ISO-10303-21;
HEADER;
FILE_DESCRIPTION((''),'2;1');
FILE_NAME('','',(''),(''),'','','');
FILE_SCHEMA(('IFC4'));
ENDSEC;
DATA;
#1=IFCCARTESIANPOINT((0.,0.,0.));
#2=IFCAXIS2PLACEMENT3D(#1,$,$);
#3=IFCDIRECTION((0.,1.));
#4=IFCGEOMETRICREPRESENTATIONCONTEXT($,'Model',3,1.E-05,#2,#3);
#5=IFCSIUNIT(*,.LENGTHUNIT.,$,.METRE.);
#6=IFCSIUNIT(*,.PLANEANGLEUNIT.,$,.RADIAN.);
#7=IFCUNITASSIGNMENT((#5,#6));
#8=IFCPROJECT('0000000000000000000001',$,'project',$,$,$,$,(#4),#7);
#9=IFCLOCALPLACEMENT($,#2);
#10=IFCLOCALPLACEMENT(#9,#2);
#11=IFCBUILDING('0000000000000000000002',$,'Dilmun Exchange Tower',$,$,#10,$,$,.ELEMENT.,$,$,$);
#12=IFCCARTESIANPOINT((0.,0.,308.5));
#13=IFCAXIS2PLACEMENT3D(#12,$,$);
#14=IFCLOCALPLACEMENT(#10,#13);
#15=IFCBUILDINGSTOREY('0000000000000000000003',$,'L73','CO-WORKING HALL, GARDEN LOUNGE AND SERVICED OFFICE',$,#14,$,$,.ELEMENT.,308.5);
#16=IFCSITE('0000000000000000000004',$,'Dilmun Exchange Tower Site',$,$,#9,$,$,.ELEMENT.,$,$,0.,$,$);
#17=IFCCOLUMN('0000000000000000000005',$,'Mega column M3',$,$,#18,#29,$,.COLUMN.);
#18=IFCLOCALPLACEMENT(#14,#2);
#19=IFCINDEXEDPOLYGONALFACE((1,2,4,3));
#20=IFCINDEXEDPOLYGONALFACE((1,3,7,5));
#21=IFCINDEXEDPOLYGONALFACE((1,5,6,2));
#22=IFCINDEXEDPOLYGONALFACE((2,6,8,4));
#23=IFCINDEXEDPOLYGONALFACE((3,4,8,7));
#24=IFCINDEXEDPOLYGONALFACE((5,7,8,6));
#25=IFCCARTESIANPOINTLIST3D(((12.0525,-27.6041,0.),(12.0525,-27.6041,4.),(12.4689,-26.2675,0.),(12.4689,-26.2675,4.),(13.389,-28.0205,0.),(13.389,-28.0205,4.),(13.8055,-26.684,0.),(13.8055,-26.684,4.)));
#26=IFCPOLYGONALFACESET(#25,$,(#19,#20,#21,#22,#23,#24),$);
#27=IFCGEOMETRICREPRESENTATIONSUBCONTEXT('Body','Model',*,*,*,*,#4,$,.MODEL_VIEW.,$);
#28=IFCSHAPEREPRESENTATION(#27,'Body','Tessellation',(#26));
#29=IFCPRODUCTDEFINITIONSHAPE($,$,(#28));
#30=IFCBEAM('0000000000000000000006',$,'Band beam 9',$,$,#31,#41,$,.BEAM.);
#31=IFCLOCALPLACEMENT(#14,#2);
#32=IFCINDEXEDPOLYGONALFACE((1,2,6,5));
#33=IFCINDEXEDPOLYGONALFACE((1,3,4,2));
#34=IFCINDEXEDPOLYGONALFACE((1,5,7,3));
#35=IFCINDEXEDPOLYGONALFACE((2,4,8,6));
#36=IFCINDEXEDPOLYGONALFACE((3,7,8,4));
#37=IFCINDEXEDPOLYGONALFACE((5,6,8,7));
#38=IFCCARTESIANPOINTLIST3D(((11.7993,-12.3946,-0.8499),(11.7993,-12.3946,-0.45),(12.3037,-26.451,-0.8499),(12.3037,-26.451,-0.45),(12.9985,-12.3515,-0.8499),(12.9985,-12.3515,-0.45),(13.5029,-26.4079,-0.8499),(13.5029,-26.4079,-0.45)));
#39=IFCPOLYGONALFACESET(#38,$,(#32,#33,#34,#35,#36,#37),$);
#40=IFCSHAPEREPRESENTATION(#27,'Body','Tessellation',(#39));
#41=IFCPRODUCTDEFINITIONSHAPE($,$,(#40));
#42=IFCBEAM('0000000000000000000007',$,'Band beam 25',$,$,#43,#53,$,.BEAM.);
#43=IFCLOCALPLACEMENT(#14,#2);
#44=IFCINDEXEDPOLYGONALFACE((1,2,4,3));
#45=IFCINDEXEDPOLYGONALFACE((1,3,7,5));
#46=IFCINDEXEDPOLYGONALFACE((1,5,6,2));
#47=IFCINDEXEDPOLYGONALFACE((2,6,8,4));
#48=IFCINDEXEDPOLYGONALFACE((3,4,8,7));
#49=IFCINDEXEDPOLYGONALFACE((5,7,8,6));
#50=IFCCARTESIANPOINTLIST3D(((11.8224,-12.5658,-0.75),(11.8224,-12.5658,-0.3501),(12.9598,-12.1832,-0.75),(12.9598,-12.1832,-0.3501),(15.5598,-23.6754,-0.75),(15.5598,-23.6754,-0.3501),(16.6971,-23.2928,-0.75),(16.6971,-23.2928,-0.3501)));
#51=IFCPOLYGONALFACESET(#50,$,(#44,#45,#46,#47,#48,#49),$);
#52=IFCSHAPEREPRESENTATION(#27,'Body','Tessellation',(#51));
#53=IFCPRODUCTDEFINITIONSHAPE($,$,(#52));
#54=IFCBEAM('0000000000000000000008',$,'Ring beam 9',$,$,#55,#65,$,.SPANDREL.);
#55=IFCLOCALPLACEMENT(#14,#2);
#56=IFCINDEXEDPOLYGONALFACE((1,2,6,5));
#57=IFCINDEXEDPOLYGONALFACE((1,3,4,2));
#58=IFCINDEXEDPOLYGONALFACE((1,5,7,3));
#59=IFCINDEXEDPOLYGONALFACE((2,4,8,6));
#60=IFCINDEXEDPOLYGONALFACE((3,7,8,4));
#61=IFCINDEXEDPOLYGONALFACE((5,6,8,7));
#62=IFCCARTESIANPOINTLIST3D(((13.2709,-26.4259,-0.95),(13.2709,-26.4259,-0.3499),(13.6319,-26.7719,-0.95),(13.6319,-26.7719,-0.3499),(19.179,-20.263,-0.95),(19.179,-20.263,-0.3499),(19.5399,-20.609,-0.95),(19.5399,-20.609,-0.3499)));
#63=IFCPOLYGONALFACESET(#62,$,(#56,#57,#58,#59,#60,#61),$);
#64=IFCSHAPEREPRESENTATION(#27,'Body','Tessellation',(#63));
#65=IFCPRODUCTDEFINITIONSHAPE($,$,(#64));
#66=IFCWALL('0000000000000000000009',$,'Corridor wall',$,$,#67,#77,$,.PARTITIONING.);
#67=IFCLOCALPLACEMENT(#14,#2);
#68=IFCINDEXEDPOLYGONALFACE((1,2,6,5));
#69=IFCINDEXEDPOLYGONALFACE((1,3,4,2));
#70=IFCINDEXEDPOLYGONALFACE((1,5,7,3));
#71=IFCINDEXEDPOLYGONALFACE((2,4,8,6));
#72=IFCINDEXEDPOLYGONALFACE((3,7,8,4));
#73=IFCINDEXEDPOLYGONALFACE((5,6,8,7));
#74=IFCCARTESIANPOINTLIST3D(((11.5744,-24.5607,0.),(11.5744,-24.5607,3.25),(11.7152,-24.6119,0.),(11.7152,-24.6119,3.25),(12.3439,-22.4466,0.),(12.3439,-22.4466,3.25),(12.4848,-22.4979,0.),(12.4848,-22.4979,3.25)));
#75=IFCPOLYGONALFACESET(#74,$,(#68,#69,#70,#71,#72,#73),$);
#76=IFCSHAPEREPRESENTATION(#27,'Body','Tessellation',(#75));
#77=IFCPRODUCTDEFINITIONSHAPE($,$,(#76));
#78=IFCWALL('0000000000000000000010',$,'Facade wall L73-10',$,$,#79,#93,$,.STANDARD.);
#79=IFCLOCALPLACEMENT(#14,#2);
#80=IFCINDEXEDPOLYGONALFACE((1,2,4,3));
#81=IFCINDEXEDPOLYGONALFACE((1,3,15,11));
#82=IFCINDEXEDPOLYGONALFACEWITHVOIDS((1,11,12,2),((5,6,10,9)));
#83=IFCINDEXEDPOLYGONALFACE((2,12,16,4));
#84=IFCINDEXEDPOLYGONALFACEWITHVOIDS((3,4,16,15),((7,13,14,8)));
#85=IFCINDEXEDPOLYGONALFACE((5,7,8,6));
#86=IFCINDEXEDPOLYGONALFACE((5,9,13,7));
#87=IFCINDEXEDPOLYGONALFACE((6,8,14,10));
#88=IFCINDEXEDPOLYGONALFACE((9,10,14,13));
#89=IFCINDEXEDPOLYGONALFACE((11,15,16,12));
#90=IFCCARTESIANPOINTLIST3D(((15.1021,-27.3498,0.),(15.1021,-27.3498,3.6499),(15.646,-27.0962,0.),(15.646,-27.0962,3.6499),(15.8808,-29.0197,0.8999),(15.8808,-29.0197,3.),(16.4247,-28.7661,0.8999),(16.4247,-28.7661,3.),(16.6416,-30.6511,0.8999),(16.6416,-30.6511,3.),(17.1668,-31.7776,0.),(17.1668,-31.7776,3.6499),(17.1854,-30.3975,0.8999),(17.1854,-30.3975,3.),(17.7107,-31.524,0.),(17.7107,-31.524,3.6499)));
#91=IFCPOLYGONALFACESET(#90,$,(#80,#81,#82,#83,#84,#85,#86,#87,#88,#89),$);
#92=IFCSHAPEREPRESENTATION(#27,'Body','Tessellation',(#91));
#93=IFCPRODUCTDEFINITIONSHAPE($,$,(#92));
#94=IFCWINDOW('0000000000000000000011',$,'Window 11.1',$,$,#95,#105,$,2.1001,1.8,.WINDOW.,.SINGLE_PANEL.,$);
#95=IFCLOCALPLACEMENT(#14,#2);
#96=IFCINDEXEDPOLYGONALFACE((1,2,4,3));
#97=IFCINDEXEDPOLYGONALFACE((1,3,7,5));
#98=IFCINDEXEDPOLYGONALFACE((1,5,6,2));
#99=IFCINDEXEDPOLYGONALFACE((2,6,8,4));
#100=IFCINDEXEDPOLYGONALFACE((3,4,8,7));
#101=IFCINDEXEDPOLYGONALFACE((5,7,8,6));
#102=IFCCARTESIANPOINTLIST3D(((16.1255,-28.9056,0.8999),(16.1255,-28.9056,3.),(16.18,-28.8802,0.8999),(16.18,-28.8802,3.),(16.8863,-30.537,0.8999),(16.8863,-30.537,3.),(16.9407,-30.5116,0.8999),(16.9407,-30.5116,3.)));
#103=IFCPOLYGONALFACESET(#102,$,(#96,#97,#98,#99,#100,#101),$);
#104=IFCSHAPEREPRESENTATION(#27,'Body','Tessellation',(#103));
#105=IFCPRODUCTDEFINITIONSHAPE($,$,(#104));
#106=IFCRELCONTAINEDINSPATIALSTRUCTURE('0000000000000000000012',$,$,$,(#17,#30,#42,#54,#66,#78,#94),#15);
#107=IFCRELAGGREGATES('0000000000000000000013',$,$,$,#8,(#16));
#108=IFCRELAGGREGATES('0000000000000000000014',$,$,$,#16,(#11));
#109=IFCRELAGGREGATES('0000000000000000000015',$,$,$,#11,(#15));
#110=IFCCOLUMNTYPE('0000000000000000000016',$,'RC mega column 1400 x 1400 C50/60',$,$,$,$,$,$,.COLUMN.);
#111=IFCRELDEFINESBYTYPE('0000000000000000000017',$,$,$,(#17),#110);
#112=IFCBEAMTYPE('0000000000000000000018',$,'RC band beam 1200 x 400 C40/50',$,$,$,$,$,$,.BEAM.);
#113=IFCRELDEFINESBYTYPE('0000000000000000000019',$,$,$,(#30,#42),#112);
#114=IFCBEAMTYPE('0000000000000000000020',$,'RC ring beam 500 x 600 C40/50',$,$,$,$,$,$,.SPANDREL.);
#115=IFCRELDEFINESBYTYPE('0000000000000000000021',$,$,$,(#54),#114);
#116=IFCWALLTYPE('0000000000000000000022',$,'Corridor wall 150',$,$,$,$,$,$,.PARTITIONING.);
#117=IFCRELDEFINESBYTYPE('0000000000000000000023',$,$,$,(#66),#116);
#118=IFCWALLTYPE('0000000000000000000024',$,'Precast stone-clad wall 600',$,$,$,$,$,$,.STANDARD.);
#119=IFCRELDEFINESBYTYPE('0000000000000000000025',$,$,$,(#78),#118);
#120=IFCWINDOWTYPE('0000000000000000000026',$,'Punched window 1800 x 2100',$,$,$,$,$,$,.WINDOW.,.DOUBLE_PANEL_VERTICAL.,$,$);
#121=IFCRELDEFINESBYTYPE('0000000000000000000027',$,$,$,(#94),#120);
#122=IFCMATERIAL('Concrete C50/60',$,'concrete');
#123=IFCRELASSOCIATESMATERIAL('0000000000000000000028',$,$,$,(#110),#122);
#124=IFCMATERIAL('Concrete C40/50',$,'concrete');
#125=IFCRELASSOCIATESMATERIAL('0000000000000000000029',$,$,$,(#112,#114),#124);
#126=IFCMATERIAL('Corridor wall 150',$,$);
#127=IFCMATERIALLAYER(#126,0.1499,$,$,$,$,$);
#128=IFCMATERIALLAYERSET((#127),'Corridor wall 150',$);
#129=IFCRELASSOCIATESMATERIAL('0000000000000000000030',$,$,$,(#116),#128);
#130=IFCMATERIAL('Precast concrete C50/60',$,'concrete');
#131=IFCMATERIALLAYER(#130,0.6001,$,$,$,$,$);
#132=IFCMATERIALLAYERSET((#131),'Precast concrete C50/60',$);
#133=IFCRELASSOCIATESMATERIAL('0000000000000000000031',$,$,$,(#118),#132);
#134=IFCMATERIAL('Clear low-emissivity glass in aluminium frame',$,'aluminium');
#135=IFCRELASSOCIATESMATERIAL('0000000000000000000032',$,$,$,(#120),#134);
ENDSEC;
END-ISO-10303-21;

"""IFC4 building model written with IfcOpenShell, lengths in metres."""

from ifc_helpers import new_model, si_unit, direction, frame, frame_2d, origin, origin_2d, place, context, subcontext, project, spatial, rectangle, extrude, material, layer, layer_set, material_profile, profile_set, type_object, element, fill, save


model = new_model("IFC4")

# Units and contexts
model_context = context("Model", 3, precision=1e-05, world=origin(), true_north=direction((0.0, 1.0)))
body_context = subcontext(model_context, "Body", "Model", "MODEL_VIEW")
ifc_project = project(units=[si_unit("LENGTHUNIT", "METRE"), si_unit("PLANEANGLEUNIT", "RADIAN")], contexts=[model_context])

# Site, building, storey
site_placement = place(None, origin())
site = spatial("IfcSite", under=ifc_project, at=site_placement, Name="Dilmun Exchange Tower Site", CompositionType="ELEMENT", RefElevation=0.0)
building_placement = place(site_placement, origin())
building = spatial("IfcBuilding", under=site, at=building_placement, Name="Dilmun Exchange Tower", CompositionType="ELEMENT")
storey_placement = place(building_placement, frame((0.0, 0.0, 308.5)))
storey = spatial("IfcBuildingStorey", under=building, at=storey_placement, Name="L73", Description="CO-WORKING HALL, GARDEN LOUNGE AND SERVICED OFFICE", CompositionType="ELEMENT", Elevation=308.5)

# Column
ifc_material_1 = material(Name="Concrete C50/60", Category="concrete")
ifc_material_profile_1 = material_profile(ifc_material_1, rectangle(XDim=1.3999, YDim=1.3999, at=origin_2d()), Name="1400 x 1400")
ifc_profile_set_1 = profile_set([ifc_material_profile_1], Name="Concrete C50/60")
column_type = type_object("IfcColumnType", Name="RC mega column 1400 x 1400 C50/60", PredefinedType="COLUMN", material=ifc_profile_set_1)
column_placement = place(storey_placement, frame((12.929, -27.144, 0.0), z_axis=(0.0, 0.0, 1.0), x_axis=(0.297503, 0.954721, 0.0)))
element("IfcColumn", 1, at=column_placement, inside=storey, type_object=column_type, Name="Mega column M3", PredefinedType="COLUMN", context=body_context, shape_type="SweptSolid", body=[
    extrude(rectangle(XDim=1.3999, YDim=1.3999, at=origin_2d()), origin(), (0.0, 0.0, 1.0), 4.0),
])

# Beams
ifc_material_2 = material(Name="Concrete C40/50", Category="concrete")
ifc_material_profile_2 = material_profile(ifc_material_2, rectangle(XDim=1.2, YDim=0.3999, at=origin_2d()), Name="1200 x 400")
ifc_profile_set_2 = profile_set([ifc_material_profile_2], Name="Concrete C40/50")
beam_type_1 = type_object("IfcBeamType", Name="RC band beam 1200 x 400 C40/50", PredefinedType="BEAM", material=ifc_profile_set_2)
beam_1_placement = place(storey_placement, frame((12.9033, -26.4294, -0.6499), z_axis=(-0.035861, 0.999357, 0.0), x_axis=(-0.999357, -0.035861, 0.0)))
element("IfcBeam", 2, at=beam_1_placement, inside=storey, type_object=beam_type_1, Name="Band beam 9", PredefinedType="BEAM", context=body_context, shape_type="SweptSolid", body=[
    extrude(rectangle(XDim=1.2, YDim=0.3999, at=origin_2d()), origin(), (0.0, 0.0, 1.0), 14.0654),
])
beam_2_placement = place(storey_placement, frame((16.1284, -23.4841, -0.55), z_axis=(-0.318845, 0.947807, 0.0), x_axis=(-0.947807, -0.318845, 0.0)))
element("IfcBeam", 3, at=beam_2_placement, inside=storey, type_object=beam_type_1, Name="Band beam 25", PredefinedType="BEAM", context=body_context, shape_type="SweptSolid", body=[
    extrude(rectangle(XDim=1.2, YDim=0.3999, at=origin_2d()), origin(), (0.0, 0.0, 1.0), 11.7214),
])
ifc_material_profile_3 = material_profile(ifc_material_2, rectangle(XDim=0.5, YDim=0.6001, at=origin_2d()), Name="500 x 600")
ifc_profile_set_3 = profile_set([ifc_material_profile_3], Name="Concrete C40/50")
beam_type_2 = type_object("IfcBeamType", Name="RC ring beam 500 x 600 C40/50", PredefinedType="SPANDREL", material=ifc_profile_set_3)
beam_3_placement = place(storey_placement, frame((13.4514, -26.5989, -0.6499), z_axis=(0.692022, 0.721877, 0.0), x_axis=(-0.721877, 0.692022, 0.0)))
element("IfcBeam", 4, at=beam_3_placement, inside=storey, type_object=beam_type_2, Name="Ring beam 9", PredefinedType="SPANDREL", context=body_context, shape_type="SweptSolid", body=[
    extrude(rectangle(XDim=0.5, YDim=0.6001, at=origin_2d()), origin(), (0.0, 0.0, 1.0), 8.5374),
])

# Wall
ifc_material_3 = material(Name="Corridor wall 150")
ifc_layer_1 = layer(ifc_material_3, 0.1499)
ifc_layer_set_1 = layer_set([ifc_layer_1], Name="Corridor wall 150")
wall_type_1 = type_object("IfcWallType", Name="Corridor wall 150", PredefinedType="PARTITIONING", material=ifc_layer_set_1)
wall_1_placement = place(storey_placement, frame((11.6448, -24.5864, 0.0), z_axis=(0.0, 0.0, 1.0), x_axis=(0.342057, 0.939679, 0.0)))
element("IfcWall", 5, at=wall_1_placement, inside=storey, type_object=wall_type_1, Name="Corridor wall", PredefinedType="PARTITIONING", context=body_context, shape_type="SweptSolid", body=[
    extrude(rectangle(XDim=2.2498, YDim=0.1499, at=frame_2d((1.125, 0.0))), origin(), (0.0, 0.0, 1.0), 3.25),
])

# Wall, opening, window
ifc_material_4 = material(Name="Precast concrete C50/60", Category="concrete")
ifc_layer_2 = layer(ifc_material_4, 0.6001)
ifc_layer_set_2 = layer_set([ifc_layer_2], Name="Precast concrete C50/60")
wall_type_2 = type_object("IfcWallType", Name="Precast stone-clad wall 600", PredefinedType="STANDARD", material=ifc_layer_set_2)
wall_2_placement = place(storey_placement, frame((15.374, -27.2229, 0.0), z_axis=(0.0, 0.0, 1.0), x_axis=(0.42262, -0.906307, 0.0)))
wall_2 = element("IfcWall", 6, at=wall_2_placement, inside=storey, type_object=wall_type_2, Name="Facade wall L73-10", PredefinedType="STANDARD", context=body_context, shape_type="SweptSolid", body=[
    extrude(rectangle(XDim=4.8855, YDim=0.6001, at=frame_2d((2.4429, 0.0))), origin(), (0.0, 0.0, 1.0), 3.6499),
])
opening_1_placement = place(wall_2_placement, frame((1.8428, 0.0, 0.8999)))
opening_1 = element("IfcOpeningElement", 7, at=opening_1_placement, cuts=wall_2, PredefinedType="OPENING", context=body_context, shape_type="SweptSolid", body=[
    extrude(rectangle(XDim=1.8, YDim=2.1001, at=frame_2d((0.8999, 1.05))), frame((0.0, 0.3101, 0.0), z_axis=(0.0, -1.0, 0.0), x_axis=(1.0, 0.0, 0.0)), (0.0, 0.0, 1.0), 0.6201),
])
ifc_material_5 = material(Name="Clear low-emissivity glass in aluminium frame", Category="aluminium")
window_type_1 = type_object("IfcWindowType", Name="Punched window 1800 x 2100", PartitioningType="DOUBLE_PANEL_VERTICAL", PredefinedType="WINDOW", material=ifc_material_5)
window_1_placement = place(opening_1_placement, origin())
window_1 = element("IfcWindow", 8, at=window_1_placement, inside=storey, type_object=window_type_1, Name="Window 11.1", OverallHeight=2.1001, OverallWidth=1.8, PartitioningType="SINGLE_PANEL", PredefinedType="WINDOW", context=body_context, shape_type="SweptSolid", body=[
    extrude(rectangle(XDim=1.8, YDim=2.1001, at=frame_2d((0.8999, 1.05))), frame((0.0, 0.03, 0.0), z_axis=(0.0, -1.0, 0.0), x_axis=(1.0, 0.0, 0.0)), (0.0, 0.0, 1.0), 0.0601),
])
fill(opening_1, window_1)

save(model, "model.ifc")
